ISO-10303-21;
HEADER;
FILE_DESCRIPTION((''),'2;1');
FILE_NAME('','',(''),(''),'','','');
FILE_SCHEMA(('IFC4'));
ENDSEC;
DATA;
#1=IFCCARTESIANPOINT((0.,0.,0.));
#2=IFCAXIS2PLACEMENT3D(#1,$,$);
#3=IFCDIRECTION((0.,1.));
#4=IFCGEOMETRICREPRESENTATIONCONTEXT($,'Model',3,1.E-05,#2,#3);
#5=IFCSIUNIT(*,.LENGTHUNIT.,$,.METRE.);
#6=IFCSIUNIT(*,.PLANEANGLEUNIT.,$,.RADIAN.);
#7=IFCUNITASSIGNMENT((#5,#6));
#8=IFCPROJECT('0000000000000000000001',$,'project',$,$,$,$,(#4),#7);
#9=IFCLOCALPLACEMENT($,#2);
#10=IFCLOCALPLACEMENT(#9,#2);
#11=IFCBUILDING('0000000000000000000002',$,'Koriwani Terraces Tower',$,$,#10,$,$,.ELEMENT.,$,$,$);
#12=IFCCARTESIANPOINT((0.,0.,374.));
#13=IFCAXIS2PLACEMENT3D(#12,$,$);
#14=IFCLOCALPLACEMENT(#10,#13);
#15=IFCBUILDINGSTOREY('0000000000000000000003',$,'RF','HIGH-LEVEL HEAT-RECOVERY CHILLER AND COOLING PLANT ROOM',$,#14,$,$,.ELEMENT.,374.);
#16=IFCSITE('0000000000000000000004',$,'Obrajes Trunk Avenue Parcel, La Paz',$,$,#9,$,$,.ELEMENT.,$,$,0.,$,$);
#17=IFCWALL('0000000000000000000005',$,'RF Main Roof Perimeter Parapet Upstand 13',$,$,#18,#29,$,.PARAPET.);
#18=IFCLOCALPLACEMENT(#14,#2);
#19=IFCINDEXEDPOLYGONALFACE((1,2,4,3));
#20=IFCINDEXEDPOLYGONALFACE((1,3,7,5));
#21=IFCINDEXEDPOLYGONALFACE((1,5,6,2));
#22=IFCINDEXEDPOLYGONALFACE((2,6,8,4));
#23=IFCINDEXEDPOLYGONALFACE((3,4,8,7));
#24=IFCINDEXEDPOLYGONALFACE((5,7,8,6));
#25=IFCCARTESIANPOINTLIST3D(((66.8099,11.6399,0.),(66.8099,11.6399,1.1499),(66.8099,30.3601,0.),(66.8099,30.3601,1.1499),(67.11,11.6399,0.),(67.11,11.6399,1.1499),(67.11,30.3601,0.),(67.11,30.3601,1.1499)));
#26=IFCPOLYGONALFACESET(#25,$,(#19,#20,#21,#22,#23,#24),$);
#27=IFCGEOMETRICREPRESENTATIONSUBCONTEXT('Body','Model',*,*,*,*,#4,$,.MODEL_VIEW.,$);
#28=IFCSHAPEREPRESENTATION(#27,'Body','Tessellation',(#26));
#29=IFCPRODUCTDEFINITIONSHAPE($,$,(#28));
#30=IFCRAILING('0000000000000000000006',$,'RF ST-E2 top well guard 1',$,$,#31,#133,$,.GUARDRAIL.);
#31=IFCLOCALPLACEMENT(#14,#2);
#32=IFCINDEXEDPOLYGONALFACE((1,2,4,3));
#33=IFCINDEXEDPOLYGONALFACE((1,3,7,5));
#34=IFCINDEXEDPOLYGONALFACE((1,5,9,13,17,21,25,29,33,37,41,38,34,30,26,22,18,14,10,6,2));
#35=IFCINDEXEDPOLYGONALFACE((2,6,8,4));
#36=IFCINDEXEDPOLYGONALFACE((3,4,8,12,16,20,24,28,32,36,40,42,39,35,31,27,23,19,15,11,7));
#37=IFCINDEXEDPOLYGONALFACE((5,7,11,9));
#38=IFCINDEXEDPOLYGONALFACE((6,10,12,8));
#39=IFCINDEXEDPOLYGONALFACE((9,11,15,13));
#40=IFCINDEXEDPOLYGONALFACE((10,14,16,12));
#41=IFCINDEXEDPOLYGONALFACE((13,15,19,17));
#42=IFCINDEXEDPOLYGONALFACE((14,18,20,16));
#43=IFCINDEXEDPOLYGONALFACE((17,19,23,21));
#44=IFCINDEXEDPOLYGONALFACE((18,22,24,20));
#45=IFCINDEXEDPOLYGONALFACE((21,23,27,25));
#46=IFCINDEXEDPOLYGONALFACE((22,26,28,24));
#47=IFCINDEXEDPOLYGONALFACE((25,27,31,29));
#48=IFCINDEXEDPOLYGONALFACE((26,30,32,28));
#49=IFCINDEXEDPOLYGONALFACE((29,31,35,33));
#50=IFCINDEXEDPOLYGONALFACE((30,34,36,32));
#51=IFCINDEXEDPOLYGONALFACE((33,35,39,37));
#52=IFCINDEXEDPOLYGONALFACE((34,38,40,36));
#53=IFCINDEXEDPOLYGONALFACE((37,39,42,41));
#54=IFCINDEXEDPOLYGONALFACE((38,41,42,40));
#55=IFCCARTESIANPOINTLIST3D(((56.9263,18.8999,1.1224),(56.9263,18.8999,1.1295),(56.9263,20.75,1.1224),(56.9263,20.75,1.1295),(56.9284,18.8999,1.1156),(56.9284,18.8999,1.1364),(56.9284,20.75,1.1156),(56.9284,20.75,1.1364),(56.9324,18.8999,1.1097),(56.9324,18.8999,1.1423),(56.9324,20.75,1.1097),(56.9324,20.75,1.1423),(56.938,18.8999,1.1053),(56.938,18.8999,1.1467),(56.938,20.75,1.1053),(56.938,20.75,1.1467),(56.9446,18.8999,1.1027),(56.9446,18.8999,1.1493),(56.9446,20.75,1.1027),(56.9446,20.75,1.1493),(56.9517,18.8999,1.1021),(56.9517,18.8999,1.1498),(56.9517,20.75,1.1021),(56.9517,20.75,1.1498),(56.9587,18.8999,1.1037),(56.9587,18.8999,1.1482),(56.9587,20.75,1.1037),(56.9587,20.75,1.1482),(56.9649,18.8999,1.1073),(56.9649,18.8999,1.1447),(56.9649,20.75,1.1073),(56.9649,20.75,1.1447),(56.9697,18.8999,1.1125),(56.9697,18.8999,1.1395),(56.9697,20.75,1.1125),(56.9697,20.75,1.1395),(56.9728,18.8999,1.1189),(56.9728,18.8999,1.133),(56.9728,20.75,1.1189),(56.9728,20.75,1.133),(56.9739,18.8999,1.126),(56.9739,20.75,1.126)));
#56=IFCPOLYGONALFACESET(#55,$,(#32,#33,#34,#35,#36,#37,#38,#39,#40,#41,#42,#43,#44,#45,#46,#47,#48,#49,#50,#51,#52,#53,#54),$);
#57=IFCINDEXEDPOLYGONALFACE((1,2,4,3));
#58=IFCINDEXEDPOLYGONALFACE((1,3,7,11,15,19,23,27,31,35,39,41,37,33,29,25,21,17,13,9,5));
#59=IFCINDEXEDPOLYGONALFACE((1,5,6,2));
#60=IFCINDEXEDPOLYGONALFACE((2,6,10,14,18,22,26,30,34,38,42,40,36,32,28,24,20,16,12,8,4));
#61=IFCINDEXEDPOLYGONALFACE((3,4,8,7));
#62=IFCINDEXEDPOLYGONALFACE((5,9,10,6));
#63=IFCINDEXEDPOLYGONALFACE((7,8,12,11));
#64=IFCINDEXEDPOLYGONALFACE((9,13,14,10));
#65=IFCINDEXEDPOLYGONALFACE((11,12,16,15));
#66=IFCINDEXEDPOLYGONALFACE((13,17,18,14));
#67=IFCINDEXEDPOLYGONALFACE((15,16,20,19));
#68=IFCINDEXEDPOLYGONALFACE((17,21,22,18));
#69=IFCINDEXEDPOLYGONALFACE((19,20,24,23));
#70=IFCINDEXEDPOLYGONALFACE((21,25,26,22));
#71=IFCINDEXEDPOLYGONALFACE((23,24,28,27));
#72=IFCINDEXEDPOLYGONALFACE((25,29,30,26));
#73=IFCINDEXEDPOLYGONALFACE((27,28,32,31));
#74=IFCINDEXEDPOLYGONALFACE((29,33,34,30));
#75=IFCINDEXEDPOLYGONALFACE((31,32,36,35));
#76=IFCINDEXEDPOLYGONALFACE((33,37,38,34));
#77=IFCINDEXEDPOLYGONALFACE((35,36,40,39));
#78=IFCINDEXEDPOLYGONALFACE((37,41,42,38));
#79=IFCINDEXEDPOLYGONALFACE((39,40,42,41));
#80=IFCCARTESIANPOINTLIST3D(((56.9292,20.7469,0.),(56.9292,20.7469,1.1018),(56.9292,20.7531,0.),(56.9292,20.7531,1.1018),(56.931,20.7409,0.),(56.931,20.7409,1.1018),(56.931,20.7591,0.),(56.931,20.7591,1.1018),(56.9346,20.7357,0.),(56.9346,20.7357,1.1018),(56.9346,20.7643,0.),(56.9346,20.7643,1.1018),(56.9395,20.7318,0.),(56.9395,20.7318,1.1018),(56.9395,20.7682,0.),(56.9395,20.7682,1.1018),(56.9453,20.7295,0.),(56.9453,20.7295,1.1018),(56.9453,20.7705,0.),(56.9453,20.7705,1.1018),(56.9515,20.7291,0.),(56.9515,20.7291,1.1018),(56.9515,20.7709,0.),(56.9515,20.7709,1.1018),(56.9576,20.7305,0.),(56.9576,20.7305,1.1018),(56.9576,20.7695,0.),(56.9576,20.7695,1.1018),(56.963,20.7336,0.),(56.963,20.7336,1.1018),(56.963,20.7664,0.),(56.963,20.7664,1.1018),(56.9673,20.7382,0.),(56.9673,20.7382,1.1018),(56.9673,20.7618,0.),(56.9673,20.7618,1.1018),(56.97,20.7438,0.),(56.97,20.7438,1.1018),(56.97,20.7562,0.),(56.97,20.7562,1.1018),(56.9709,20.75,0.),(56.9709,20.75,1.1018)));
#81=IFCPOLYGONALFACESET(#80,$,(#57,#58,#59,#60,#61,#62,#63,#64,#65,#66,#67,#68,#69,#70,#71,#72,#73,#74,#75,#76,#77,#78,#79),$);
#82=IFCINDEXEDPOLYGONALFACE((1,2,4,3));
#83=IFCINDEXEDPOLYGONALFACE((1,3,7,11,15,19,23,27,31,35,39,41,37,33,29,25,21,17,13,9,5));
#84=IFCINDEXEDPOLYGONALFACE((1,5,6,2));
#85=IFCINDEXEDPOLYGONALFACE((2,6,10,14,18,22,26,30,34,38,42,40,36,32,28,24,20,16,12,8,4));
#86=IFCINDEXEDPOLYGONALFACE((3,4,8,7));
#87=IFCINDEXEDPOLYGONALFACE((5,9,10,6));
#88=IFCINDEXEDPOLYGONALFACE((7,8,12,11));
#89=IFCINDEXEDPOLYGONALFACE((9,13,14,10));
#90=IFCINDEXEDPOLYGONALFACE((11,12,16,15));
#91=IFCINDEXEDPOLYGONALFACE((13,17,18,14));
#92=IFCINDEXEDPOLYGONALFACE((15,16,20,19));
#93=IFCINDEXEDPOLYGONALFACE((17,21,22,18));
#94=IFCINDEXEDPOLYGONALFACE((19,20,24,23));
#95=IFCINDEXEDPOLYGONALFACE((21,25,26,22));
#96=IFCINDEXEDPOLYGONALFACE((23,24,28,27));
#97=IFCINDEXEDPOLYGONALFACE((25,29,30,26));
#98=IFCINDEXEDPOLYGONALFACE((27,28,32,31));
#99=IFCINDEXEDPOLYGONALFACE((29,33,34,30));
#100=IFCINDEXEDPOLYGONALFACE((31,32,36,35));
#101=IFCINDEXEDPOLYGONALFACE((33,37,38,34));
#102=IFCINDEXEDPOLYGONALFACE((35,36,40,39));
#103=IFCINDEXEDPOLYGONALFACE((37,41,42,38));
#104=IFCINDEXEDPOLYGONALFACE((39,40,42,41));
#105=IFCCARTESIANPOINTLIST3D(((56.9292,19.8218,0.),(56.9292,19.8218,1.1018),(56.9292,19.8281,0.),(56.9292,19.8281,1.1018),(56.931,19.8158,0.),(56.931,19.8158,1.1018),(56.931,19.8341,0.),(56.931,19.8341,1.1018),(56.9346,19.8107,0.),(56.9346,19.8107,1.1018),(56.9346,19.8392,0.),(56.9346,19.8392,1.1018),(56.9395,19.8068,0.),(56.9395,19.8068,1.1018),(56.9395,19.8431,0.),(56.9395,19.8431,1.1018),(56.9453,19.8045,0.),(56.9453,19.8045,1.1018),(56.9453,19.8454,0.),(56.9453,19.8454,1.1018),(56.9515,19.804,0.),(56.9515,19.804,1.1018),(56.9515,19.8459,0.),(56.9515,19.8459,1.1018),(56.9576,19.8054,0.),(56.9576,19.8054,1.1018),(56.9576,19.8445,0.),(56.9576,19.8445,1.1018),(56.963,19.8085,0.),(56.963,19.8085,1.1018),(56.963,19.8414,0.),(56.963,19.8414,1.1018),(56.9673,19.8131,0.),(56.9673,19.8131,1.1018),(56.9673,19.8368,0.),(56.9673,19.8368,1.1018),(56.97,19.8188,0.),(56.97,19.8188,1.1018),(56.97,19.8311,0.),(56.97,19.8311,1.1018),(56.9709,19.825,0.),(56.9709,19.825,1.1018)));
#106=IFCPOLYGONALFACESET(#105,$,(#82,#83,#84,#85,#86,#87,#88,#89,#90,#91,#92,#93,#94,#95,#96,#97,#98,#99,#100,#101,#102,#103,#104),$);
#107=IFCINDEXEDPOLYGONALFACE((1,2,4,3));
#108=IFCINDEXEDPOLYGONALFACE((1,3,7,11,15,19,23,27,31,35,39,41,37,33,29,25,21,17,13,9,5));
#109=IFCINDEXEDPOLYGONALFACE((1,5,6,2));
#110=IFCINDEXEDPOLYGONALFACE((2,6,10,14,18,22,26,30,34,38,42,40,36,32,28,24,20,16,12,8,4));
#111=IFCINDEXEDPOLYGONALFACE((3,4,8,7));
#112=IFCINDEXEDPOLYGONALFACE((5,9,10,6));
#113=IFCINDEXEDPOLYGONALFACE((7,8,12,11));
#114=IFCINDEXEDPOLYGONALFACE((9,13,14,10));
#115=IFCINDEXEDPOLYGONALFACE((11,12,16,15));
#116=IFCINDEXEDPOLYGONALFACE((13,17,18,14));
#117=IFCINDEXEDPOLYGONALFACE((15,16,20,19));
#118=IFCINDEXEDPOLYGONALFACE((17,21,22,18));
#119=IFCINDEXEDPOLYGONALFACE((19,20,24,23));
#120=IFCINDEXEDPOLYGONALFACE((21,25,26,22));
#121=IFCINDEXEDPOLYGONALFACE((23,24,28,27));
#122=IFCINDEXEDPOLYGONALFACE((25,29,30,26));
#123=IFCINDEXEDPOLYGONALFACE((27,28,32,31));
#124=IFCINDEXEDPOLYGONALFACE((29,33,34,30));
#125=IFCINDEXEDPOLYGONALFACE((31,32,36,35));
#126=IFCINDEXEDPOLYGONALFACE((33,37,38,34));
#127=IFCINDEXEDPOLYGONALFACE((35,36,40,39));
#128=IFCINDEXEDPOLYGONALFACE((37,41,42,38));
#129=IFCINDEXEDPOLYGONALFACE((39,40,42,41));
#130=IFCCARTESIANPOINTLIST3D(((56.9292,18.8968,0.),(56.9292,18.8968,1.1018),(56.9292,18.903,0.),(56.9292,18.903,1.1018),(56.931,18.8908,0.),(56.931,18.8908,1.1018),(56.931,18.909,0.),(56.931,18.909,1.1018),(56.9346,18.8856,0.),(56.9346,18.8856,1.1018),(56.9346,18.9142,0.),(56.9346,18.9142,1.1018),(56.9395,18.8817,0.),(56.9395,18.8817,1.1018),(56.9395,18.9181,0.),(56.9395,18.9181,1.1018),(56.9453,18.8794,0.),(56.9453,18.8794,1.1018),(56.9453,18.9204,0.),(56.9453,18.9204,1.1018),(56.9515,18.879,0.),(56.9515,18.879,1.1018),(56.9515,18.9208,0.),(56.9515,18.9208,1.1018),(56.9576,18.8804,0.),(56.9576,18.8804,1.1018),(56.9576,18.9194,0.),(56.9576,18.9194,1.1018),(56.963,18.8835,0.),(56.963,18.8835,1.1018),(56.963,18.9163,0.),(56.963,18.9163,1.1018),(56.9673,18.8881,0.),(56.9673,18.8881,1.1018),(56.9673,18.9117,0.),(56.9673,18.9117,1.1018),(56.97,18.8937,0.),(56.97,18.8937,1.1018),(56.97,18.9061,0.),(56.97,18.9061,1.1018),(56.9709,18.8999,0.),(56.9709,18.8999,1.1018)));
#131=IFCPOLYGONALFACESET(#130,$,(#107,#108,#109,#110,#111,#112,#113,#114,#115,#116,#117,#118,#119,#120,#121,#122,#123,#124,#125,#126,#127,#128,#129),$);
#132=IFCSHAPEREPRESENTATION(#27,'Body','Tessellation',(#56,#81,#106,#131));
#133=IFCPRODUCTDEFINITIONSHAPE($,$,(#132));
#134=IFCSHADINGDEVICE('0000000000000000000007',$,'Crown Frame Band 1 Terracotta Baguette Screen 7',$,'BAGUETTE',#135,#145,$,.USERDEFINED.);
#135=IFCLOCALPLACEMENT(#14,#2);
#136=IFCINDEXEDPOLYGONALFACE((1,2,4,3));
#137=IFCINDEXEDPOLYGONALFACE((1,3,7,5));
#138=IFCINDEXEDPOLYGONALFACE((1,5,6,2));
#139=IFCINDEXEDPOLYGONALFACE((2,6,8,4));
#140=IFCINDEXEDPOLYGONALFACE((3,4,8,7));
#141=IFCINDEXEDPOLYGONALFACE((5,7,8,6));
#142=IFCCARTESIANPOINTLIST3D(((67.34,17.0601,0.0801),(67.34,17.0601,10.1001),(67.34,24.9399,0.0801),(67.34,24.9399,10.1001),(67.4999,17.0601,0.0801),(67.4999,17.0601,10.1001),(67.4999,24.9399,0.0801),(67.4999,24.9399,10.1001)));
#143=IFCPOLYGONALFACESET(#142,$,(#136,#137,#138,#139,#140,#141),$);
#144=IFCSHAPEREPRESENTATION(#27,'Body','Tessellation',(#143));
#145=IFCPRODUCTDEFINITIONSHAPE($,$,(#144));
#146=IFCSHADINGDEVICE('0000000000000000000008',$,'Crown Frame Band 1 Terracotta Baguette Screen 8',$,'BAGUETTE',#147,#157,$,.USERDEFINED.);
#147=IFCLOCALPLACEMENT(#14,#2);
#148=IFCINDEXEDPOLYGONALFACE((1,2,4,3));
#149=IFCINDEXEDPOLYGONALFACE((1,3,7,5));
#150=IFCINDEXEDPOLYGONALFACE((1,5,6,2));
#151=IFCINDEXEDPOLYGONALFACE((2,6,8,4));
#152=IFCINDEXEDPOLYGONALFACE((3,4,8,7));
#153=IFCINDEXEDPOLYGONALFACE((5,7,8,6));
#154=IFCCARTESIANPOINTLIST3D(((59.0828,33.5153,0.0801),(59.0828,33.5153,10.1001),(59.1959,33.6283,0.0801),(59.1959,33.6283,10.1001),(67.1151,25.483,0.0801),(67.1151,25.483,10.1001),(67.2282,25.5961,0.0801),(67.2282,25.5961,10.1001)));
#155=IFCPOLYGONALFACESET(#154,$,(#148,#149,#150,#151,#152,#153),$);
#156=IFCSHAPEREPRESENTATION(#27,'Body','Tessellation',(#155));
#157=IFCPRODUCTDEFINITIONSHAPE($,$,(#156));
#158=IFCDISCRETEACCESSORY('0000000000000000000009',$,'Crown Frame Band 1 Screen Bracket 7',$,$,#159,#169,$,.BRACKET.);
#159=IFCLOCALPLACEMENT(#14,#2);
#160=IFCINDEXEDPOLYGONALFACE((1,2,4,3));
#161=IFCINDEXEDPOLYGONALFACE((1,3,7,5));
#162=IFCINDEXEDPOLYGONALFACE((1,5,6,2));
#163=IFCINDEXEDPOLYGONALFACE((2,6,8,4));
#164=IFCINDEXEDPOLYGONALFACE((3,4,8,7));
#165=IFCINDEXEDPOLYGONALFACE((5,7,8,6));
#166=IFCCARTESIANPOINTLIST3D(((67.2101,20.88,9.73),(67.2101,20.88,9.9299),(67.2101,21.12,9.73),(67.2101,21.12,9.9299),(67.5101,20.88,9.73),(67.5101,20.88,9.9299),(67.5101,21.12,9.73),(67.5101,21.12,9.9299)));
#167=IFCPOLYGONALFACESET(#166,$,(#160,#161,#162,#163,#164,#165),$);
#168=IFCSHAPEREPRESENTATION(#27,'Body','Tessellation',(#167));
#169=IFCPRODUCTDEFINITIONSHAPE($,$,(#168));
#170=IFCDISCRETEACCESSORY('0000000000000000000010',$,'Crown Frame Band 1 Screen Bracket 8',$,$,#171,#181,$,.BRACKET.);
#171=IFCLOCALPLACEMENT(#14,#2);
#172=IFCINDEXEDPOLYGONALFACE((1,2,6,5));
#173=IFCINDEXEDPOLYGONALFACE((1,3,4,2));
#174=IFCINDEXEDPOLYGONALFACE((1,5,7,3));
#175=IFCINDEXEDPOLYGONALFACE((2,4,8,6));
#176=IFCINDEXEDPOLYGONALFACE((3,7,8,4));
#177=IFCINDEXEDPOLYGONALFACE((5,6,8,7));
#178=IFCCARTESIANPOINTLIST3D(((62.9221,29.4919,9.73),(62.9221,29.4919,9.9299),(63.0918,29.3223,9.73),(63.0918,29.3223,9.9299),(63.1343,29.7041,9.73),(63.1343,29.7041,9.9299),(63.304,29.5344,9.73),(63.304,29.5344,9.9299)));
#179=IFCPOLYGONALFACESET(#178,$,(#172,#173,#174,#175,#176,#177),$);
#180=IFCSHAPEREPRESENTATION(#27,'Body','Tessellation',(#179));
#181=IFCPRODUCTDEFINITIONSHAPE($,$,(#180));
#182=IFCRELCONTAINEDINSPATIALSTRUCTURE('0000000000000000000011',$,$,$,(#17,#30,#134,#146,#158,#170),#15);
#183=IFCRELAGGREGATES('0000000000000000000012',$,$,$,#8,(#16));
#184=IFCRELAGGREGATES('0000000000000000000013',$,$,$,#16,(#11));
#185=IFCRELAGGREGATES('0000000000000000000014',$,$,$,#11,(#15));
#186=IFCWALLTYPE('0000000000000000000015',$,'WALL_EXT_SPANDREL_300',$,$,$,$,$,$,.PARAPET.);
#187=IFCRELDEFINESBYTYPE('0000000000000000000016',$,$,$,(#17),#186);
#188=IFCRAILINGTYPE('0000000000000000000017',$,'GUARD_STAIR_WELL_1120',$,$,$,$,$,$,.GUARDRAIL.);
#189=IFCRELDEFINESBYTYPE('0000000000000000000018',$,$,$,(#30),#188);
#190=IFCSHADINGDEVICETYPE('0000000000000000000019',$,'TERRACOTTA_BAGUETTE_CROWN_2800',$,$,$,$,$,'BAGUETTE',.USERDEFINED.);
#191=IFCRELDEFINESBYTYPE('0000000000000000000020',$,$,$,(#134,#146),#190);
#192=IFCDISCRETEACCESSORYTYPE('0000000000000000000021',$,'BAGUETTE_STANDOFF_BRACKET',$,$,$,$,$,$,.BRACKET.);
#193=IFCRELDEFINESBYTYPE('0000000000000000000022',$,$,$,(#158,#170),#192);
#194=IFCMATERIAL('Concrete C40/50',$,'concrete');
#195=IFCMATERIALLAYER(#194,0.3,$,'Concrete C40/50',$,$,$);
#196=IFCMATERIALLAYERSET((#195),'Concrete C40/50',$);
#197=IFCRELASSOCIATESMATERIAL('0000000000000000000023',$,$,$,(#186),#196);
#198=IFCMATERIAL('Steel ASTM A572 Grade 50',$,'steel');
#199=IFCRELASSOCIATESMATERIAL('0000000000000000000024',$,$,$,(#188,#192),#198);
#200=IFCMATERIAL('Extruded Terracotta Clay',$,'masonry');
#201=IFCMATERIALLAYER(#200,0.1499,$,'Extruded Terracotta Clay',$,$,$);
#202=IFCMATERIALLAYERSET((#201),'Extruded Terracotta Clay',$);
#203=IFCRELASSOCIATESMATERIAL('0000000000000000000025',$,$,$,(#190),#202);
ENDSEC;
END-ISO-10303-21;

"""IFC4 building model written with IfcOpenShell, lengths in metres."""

from ifc_helpers import new_model, si_unit, direction, frame, frame_2d, origin, origin_2d, place, context, subcontext, project, spatial, rectangle, circle, extrude, material, layer, layer_set, type_object, element, save


model = new_model("IFC4")

# Units and contexts
model_context = context("Model", 3, precision=1e-05, world=origin(), true_north=direction((0.0, 1.0)))
body_context = subcontext(model_context, "Body", "Model", "MODEL_VIEW")
ifc_project = project(units=[si_unit("LENGTHUNIT", "METRE"), si_unit("PLANEANGLEUNIT", "RADIAN")], contexts=[model_context])

# Site, building, storey
site_placement = place(None, origin())
site = spatial("IfcSite", under=ifc_project, at=site_placement, Name="Obrajes Trunk Avenue Parcel, La Paz", CompositionType="ELEMENT", RefElevation=0.0)
building_placement = place(site_placement, origin())
building = spatial("IfcBuilding", under=site, at=building_placement, Name="Koriwani Terraces Tower", CompositionType="ELEMENT")
storey_placement = place(building_placement, frame((0.0, 0.0, 374.0)))
storey = spatial("IfcBuildingStorey", under=building, at=storey_placement, Name="RF", Description="HIGH-LEVEL HEAT-RECOVERY CHILLER AND COOLING PLANT ROOM", CompositionType="ELEMENT", Elevation=374.0)

# Shared definitions
ifc_material_1 = material(Name="Steel ASTM A572 Grade 50", Category="steel")

# Shared definitions
ifc_material_2 = material(Name="Concrete C40/50", Category="concrete")

# Wall
ifc_layer_1 = layer(ifc_material_2, 0.3, Name="Concrete C40/50")
ifc_layer_set_1 = layer_set([ifc_layer_1], Name="Concrete C40/50")
wall_type_1 = type_object("IfcWallType", Name="WALL_EXT_SPANDREL_300", PredefinedType="PARAPET", material=ifc_layer_set_1)
wall_1_placement = place(storey_placement, frame((66.96, 30.3601, 0.0), z_axis=(0.0, 0.0, 1.0), x_axis=(0.0, -1.0, 0.0)))
element("IfcWall", 1, at=wall_1_placement, inside=storey, type_object=wall_type_1, Name="RF Main Roof Perimeter Parapet Upstand 13", PredefinedType="PARAPET", context=body_context, shape_type="SweptSolid", body=[
    extrude(rectangle(XDim=18.7202, YDim=0.3, at=frame_2d((9.3601, 0.0))), origin(), (0.0, 0.0, 1.0), 1.1499),
])

# Railing
railing_type = type_object("IfcRailingType", Name="GUARD_STAIR_WELL_1120", PredefinedType="GUARDRAIL", material=ifc_material_1)
railing_placement = place(storey_placement, frame((56.95, 20.75, 0.0)))
element("IfcRailing", 2, at=railing_placement, inside=storey, type_object=railing_type, Name="RF ST-E2 top well guard 1", PredefinedType="GUARDRAIL", context=body_context, shape_type="SweptSolid", body=[
    extrude(circle(Radius=0.0239, at=origin_2d()), frame((0.0, 0.0, 1.126), z_axis=(0.0, -1.0, 0.0), x_axis=(1.0, 0.0, 0.0)), (0.0, 0.0, 1.0), 1.8501),
    extrude(circle(Radius=0.021, at=origin_2d()), origin(), (0.0, 0.0, 1.0), 1.1018),
    extrude(circle(Radius=0.021, at=origin_2d()), frame((0.0, -0.925, 0.0)), (0.0, 0.0, 1.0), 1.1018),
    extrude(circle(Radius=0.021, at=origin_2d()), frame((0.0, -1.8501, 0.0)), (0.0, 0.0, 1.0), 1.1018),
])

# Shading devices
ifc_material_3 = material(Name="Extruded Terracotta Clay", Category="masonry")
ifc_layer_2 = layer(ifc_material_3, 0.1499, Name="Extruded Terracotta Clay")
ifc_layer_set_2 = layer_set([ifc_layer_2], Name="Extruded Terracotta Clay")
shading_device_type = type_object("IfcShadingDeviceType", Name="TERRACOTTA_BAGUETTE_CROWN_2800", ElementType="BAGUETTE", PredefinedType="USERDEFINED", material=ifc_layer_set_2)
shading_device_1_placement = place(storey_placement, frame((67.4199, 21.0, 0.0801), z_axis=(0.0, 0.0, 1.0), x_axis=(0.0, 1.0, 0.0)))
element("IfcShadingDevice", 3, at=shading_device_1_placement, inside=storey, type_object=shading_device_type, Name="Crown Frame Band 1 Terracotta Baguette Screen 7", ObjectType="BAGUETTE", PredefinedType="USERDEFINED", context=body_context, shape_type="SweptSolid", body=[
    extrude(rectangle(XDim=7.8799, YDim=0.1599, at=origin_2d()), origin(), (0.0, 0.0, 1.0), 10.02),
])
shading_device_2_placement = place(storey_placement, frame((63.1555, 29.5557, 0.0801), z_axis=(0.0, 0.0, 1.0), x_axis=(-0.707107, 0.707107, 0.0)))
element("IfcShadingDevice", 4, at=shading_device_2_placement, inside=storey, type_object=shading_device_type, Name="Crown Frame Band 1 Terracotta Baguette Screen 8", ObjectType="BAGUETTE", PredefinedType="USERDEFINED", context=body_context, shape_type="SweptSolid", body=[
    extrude(rectangle(XDim=11.3594, YDim=0.1599, at=origin_2d()), origin(), (0.0, 0.0, 1.0), 10.02),
])

# Discrete accessories
discrete_accessory_type = type_object("IfcDiscreteAccessoryType", Name="BAGUETTE_STANDOFF_BRACKET", PredefinedType="BRACKET", material=ifc_material_1)
for number, where, z_axis, x_axis, name in (
    (5, (67.3601, 21.0, 9.73), (0.0, 0.0, 1.0), (0.0, 1.0, 0.0), "Crown Frame Band 1 Screen Bracket 7"),
    (6, (63.113, 29.5132, 9.73), (0.0, 0.0, 1.0), (-0.707107, 0.707107, 0.0), "Crown Frame Band 1 Screen Bracket 8"),
):
    element("IfcDiscreteAccessory", number, at=place(storey_placement, frame(where, z_axis=z_axis, x_axis=x_axis)), inside=storey, type_object=discrete_accessory_type, Name=name, PredefinedType="BRACKET", context=body_context, shape_type="SweptSolid", body=[
        extrude(rectangle(XDim=0.24, YDim=0.3, at=origin_2d()), origin(), (0.0, 0.0, 1.0), 0.2),
    ])

save(model, "model.ifc")
